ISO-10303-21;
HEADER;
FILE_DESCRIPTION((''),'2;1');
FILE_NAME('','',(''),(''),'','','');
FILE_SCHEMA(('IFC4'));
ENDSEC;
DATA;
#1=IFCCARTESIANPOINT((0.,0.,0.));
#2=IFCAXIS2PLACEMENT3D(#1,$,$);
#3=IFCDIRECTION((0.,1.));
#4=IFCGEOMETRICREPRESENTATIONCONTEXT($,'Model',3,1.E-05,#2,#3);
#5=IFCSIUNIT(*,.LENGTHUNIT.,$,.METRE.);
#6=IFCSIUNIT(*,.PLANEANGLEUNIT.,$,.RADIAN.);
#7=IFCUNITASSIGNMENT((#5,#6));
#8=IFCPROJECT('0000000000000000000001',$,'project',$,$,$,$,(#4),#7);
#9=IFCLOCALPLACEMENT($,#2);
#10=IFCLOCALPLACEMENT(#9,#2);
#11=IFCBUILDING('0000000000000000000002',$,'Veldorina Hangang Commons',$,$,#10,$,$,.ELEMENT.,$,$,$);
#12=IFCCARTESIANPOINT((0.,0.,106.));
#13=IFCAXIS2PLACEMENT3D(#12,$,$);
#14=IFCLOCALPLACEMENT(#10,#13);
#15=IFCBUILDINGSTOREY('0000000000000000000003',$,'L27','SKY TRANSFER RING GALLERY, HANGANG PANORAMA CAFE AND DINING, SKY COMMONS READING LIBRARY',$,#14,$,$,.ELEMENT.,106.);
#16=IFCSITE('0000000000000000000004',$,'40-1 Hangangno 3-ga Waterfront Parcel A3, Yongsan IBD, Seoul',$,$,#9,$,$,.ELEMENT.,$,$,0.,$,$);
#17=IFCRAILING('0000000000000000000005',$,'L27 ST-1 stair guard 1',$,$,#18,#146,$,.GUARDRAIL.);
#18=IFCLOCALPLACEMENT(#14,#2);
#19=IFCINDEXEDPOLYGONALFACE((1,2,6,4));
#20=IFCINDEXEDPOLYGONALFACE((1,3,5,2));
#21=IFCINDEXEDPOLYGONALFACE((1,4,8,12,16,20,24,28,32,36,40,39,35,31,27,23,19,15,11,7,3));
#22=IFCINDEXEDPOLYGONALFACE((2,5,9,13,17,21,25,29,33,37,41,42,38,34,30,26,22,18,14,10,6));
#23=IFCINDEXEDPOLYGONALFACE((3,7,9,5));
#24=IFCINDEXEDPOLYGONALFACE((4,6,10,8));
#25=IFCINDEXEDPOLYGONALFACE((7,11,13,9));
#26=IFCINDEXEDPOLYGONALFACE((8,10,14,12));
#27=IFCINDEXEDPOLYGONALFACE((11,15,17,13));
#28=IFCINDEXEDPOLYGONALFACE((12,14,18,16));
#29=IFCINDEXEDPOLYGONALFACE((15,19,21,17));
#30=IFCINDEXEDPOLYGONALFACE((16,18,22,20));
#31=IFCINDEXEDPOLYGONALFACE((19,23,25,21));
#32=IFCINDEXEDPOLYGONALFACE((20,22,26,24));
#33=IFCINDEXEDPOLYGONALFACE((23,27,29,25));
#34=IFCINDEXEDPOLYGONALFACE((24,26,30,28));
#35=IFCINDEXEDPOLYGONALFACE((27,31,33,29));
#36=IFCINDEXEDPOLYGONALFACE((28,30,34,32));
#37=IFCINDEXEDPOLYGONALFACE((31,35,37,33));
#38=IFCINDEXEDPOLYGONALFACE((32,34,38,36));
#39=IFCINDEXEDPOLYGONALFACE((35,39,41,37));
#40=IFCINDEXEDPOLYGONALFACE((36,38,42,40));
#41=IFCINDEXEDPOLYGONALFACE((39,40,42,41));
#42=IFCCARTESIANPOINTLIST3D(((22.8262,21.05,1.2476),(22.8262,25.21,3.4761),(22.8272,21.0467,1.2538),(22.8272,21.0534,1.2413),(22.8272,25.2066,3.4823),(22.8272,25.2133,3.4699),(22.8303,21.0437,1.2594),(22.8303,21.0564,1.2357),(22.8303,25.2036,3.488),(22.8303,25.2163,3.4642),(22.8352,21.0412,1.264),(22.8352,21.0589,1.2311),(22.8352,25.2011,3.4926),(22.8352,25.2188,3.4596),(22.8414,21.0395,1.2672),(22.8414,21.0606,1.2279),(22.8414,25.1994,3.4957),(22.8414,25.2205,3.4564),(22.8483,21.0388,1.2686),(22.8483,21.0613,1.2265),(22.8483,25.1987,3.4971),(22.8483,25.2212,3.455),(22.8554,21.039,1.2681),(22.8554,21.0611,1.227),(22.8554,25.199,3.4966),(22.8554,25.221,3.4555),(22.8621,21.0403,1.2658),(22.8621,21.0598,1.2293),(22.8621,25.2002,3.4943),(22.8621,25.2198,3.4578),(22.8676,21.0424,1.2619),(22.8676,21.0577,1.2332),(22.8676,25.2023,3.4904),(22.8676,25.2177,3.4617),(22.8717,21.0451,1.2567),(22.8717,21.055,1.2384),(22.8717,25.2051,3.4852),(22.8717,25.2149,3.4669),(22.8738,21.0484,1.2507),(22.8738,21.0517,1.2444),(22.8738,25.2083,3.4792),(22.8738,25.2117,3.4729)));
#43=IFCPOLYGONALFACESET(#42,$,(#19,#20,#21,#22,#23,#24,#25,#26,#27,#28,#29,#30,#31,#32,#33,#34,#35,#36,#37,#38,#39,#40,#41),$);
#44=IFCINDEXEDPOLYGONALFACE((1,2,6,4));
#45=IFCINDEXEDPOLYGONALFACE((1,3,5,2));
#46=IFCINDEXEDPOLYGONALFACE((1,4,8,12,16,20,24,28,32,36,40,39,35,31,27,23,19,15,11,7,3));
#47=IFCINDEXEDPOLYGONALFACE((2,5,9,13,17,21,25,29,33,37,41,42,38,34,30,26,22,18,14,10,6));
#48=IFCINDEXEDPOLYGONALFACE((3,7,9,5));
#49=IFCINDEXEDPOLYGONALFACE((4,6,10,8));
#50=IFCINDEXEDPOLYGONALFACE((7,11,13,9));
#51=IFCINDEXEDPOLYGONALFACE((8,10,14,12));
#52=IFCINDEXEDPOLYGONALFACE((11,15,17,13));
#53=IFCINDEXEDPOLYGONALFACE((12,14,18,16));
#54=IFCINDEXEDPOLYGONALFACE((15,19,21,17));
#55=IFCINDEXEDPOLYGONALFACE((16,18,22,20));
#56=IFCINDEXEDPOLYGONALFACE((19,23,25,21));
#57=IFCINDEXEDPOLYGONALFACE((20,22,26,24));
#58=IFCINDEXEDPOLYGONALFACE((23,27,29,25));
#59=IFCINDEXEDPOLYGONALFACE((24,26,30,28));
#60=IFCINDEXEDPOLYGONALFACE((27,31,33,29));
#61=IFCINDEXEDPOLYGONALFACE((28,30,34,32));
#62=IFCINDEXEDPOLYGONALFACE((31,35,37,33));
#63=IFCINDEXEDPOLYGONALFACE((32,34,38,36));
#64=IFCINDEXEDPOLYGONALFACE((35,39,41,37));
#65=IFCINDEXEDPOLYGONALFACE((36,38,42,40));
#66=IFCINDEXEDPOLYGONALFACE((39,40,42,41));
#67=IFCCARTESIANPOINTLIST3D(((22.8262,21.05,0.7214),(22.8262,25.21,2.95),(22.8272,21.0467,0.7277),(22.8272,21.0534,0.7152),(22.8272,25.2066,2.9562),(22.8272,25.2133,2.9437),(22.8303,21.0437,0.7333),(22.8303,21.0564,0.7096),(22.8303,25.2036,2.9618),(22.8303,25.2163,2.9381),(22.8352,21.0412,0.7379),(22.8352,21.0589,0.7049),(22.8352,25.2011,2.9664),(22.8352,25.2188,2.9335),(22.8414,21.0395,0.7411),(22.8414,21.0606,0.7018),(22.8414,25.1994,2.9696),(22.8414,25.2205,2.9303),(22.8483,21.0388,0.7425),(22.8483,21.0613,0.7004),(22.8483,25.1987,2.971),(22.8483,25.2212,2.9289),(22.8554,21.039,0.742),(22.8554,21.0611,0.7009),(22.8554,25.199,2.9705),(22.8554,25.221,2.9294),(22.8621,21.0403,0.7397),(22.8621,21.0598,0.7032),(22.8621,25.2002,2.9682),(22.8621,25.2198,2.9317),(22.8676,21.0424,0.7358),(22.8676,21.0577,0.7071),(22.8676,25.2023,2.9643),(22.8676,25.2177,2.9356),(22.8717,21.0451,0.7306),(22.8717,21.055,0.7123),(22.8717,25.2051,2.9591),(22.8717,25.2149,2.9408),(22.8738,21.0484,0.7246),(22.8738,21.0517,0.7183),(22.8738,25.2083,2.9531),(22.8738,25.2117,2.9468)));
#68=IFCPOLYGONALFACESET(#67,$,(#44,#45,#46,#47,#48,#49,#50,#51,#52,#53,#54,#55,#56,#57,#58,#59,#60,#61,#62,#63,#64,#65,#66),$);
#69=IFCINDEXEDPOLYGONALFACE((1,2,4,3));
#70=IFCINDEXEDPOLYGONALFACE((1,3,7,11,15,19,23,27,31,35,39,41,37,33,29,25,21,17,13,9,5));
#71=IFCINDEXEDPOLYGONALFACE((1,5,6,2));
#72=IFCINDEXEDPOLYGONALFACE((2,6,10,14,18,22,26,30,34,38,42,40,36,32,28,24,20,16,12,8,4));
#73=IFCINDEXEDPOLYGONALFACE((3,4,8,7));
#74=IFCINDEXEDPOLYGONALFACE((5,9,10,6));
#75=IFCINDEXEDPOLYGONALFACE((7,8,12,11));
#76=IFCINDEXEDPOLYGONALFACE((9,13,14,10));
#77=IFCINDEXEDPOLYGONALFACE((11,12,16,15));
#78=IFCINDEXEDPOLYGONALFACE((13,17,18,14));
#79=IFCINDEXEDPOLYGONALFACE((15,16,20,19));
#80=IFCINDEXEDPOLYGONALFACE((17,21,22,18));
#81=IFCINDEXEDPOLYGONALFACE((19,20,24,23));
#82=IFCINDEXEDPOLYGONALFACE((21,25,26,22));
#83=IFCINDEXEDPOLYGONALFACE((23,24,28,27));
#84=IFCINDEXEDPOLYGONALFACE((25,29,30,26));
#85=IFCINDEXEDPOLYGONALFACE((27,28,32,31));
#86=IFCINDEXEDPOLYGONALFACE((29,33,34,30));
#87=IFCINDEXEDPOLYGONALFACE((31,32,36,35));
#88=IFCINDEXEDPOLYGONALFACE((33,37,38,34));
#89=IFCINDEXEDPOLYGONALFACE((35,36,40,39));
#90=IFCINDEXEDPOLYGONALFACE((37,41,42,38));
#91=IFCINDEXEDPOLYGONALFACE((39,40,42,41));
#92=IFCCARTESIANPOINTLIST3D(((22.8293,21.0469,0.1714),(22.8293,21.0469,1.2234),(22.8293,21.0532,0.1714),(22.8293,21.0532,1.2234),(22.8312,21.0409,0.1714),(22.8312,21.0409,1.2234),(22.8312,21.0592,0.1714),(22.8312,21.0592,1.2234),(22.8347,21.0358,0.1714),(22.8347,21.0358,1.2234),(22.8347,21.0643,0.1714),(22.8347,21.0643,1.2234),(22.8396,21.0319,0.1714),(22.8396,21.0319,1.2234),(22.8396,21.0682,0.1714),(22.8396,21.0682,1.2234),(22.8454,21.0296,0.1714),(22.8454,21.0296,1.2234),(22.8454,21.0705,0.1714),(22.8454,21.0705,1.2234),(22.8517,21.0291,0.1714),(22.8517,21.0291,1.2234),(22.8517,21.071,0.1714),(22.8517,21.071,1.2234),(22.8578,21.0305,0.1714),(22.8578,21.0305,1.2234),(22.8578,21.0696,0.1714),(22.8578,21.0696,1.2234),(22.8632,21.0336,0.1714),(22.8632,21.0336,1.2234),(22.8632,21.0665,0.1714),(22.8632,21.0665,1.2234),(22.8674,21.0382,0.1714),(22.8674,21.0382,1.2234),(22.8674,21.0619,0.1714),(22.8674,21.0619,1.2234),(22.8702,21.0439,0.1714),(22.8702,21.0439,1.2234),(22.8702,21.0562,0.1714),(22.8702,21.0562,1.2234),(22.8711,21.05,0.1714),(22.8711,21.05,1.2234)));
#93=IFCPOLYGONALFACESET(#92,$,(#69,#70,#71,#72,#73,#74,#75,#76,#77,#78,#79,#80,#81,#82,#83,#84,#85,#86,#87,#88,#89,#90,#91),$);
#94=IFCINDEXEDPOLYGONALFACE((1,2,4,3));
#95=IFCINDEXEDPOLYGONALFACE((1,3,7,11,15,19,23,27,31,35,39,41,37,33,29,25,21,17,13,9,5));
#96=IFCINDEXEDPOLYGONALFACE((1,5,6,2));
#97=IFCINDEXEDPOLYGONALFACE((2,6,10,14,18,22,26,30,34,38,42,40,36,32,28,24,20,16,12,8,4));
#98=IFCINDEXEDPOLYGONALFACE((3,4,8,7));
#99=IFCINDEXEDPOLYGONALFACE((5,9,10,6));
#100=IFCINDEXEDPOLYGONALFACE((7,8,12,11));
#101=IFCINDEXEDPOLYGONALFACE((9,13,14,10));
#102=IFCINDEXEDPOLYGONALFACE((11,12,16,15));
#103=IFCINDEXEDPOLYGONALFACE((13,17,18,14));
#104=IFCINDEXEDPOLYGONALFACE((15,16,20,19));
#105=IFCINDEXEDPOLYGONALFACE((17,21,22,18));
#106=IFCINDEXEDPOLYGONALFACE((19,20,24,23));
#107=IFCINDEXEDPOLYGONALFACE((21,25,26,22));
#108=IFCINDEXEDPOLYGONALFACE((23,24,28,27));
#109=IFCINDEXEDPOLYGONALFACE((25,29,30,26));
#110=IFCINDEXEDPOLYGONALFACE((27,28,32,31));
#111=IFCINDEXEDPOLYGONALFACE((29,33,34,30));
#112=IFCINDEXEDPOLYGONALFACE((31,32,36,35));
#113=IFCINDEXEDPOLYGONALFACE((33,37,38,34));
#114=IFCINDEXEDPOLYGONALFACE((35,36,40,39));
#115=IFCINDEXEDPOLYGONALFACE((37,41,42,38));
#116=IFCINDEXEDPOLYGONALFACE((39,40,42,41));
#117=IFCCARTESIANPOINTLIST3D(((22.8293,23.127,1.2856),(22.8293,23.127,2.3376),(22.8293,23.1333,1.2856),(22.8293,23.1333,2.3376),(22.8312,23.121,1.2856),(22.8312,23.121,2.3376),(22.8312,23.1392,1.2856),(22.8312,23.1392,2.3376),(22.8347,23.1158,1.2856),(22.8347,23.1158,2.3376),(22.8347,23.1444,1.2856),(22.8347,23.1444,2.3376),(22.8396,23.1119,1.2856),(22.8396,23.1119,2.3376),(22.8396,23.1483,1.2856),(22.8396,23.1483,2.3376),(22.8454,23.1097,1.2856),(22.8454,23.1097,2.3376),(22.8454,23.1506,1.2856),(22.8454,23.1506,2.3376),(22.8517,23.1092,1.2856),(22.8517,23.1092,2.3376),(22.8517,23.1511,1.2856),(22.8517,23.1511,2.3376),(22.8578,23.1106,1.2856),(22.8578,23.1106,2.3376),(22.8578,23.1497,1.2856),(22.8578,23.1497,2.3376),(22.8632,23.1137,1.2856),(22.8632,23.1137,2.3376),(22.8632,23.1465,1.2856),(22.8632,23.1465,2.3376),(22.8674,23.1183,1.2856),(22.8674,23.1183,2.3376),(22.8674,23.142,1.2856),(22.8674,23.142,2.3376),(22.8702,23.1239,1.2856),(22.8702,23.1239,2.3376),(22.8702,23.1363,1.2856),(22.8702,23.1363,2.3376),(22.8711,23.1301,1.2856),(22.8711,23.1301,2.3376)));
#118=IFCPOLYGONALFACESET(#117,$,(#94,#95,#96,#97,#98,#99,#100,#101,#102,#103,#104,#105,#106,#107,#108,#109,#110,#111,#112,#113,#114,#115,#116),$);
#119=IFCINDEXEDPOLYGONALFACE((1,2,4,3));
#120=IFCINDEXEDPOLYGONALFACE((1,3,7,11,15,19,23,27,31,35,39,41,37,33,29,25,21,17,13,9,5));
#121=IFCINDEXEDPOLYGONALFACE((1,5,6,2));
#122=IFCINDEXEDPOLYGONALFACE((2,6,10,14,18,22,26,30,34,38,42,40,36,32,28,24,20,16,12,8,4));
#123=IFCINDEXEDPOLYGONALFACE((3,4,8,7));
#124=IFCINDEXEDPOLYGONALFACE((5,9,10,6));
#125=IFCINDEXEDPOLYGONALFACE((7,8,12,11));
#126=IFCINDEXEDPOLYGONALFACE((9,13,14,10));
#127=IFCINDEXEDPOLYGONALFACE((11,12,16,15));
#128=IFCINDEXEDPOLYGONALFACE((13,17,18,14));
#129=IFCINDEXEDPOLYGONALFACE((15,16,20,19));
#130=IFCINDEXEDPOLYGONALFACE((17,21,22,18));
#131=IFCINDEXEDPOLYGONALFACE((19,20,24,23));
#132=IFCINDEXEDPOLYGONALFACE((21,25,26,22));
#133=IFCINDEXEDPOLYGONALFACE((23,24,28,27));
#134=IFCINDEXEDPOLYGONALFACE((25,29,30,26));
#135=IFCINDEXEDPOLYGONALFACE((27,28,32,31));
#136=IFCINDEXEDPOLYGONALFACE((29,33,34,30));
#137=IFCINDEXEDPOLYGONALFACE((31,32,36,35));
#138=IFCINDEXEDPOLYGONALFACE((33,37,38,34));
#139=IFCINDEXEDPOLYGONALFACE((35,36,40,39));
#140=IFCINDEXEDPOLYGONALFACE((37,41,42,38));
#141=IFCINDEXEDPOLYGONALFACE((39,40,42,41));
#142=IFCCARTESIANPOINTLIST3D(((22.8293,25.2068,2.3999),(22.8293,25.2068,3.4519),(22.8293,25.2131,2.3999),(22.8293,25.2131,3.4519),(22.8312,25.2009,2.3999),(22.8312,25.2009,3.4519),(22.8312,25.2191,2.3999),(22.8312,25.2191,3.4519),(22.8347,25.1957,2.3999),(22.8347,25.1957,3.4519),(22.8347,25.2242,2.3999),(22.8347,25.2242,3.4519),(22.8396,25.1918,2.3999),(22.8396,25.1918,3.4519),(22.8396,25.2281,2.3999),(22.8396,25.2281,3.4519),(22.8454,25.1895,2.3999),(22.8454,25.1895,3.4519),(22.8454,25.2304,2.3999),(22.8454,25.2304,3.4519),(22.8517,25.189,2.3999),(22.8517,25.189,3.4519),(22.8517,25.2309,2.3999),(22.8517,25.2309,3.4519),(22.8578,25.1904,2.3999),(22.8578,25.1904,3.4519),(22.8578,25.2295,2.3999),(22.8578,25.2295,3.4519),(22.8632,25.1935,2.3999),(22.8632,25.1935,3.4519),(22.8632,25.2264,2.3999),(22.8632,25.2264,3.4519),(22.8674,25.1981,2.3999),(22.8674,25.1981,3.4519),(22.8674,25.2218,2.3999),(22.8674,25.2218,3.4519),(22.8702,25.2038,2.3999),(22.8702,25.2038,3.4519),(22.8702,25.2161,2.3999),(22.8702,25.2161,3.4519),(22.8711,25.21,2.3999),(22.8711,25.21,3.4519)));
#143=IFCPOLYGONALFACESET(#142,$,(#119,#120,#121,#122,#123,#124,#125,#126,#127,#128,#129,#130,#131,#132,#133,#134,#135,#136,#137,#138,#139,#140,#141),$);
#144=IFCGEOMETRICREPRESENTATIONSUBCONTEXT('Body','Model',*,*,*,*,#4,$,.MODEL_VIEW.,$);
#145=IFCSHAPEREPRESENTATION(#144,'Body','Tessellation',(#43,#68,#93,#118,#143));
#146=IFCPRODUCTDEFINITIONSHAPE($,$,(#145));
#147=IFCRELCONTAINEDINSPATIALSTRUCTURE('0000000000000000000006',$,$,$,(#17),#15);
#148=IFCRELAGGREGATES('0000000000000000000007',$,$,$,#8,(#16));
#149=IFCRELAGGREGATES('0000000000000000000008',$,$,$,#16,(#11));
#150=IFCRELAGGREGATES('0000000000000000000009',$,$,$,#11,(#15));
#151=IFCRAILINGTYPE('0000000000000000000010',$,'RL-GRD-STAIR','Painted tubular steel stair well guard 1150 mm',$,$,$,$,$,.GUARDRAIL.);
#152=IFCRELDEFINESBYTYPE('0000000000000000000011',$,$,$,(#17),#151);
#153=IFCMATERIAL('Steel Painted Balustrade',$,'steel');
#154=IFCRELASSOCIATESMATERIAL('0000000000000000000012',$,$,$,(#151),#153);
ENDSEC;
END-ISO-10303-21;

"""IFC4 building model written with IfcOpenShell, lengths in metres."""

from ifc_helpers import new_model, si_unit, direction, frame, origin, origin_2d, place, context, subcontext, project, spatial, circle, extrude, material, type_object, element, save


model = new_model("IFC4")

# Units and contexts
model_context = context("Model", 3, precision=1e-05, world=origin(), true_north=direction((0.0, 1.0)))
body_context = subcontext(model_context, "Body", "Model", "MODEL_VIEW")
ifc_project = project(units=[si_unit("LENGTHUNIT", "METRE"), si_unit("PLANEANGLEUNIT", "RADIAN")], contexts=[model_context])

# Site, building, storey
site_placement = place(None, origin())
site = spatial("IfcSite", under=ifc_project, at=site_placement, Name="40-1 Hangangno 3-ga Waterfront Parcel A3, Yongsan IBD, Seoul", CompositionType="ELEMENT", RefElevation=0.0)
building_placement = place(site_placement, origin())
building = spatial("IfcBuilding", under=site, at=building_placement, Name="Veldorina Hangang Commons", CompositionType="ELEMENT")
storey_placement = place(building_placement, frame((0.0, 0.0, 106.0)))
storey = spatial("IfcBuildingStorey", under=building, at=storey_placement, Name="L27", Description="SKY TRANSFER RING GALLERY, HANGANG PANORAMA CAFE AND DINING, SKY COMMONS READING LIBRARY", CompositionType="ELEMENT", Elevation=106.0)

# Railing
ifc_material_1 = material(Name="Steel Painted Balustrade", Category="steel")
railing_type_1 = type_object("IfcRailingType", Name="RL-GRD-STAIR", Description="Painted tubular steel stair well guard 1150 mm", PredefinedType="GUARDRAIL", material=ifc_material_1)
railing_1_placement = place(storey_placement, frame((22.8501, 21.05, 0.1714)))
element("IfcRailing", 1, at=railing_1_placement, inside=storey, type_object=railing_type_1, Name="L27 ST-1 stair guard 1", PredefinedType="GUARDRAIL", context=body_context, shape_type="SweptSolid", body=[
    extrude(circle(Radius=0.0239, at=origin_2d()), frame((0.0, 0.0, 1.0762), z_axis=(0.0, 0.881481, 0.47222), x_axis=(-1.0, 0.0, 0.0)), (0.0, 0.0, 1.0), 4.7192),
    extrude(circle(Radius=0.0239, at=origin_2d()), frame((0.0, 0.0, 0.55), z_axis=(0.0, 0.881481, 0.47222), x_axis=(-1.0, 0.0, 0.0)), (0.0, 0.0, 1.0), 4.7192),
    extrude(circle(Radius=0.021, at=origin_2d()), origin(), (0.0, 0.0, 1.0), 1.052),
    extrude(circle(Radius=0.021, at=origin_2d()), frame((0.0, 2.0801, 1.1143)), (0.0, 0.0, 1.0), 1.052),
    extrude(circle(Radius=0.021, at=origin_2d()), frame((0.0, 4.1599, 2.2285)), (0.0, 0.0, 1.0), 1.052),
])

save(model, "model.ifc")
